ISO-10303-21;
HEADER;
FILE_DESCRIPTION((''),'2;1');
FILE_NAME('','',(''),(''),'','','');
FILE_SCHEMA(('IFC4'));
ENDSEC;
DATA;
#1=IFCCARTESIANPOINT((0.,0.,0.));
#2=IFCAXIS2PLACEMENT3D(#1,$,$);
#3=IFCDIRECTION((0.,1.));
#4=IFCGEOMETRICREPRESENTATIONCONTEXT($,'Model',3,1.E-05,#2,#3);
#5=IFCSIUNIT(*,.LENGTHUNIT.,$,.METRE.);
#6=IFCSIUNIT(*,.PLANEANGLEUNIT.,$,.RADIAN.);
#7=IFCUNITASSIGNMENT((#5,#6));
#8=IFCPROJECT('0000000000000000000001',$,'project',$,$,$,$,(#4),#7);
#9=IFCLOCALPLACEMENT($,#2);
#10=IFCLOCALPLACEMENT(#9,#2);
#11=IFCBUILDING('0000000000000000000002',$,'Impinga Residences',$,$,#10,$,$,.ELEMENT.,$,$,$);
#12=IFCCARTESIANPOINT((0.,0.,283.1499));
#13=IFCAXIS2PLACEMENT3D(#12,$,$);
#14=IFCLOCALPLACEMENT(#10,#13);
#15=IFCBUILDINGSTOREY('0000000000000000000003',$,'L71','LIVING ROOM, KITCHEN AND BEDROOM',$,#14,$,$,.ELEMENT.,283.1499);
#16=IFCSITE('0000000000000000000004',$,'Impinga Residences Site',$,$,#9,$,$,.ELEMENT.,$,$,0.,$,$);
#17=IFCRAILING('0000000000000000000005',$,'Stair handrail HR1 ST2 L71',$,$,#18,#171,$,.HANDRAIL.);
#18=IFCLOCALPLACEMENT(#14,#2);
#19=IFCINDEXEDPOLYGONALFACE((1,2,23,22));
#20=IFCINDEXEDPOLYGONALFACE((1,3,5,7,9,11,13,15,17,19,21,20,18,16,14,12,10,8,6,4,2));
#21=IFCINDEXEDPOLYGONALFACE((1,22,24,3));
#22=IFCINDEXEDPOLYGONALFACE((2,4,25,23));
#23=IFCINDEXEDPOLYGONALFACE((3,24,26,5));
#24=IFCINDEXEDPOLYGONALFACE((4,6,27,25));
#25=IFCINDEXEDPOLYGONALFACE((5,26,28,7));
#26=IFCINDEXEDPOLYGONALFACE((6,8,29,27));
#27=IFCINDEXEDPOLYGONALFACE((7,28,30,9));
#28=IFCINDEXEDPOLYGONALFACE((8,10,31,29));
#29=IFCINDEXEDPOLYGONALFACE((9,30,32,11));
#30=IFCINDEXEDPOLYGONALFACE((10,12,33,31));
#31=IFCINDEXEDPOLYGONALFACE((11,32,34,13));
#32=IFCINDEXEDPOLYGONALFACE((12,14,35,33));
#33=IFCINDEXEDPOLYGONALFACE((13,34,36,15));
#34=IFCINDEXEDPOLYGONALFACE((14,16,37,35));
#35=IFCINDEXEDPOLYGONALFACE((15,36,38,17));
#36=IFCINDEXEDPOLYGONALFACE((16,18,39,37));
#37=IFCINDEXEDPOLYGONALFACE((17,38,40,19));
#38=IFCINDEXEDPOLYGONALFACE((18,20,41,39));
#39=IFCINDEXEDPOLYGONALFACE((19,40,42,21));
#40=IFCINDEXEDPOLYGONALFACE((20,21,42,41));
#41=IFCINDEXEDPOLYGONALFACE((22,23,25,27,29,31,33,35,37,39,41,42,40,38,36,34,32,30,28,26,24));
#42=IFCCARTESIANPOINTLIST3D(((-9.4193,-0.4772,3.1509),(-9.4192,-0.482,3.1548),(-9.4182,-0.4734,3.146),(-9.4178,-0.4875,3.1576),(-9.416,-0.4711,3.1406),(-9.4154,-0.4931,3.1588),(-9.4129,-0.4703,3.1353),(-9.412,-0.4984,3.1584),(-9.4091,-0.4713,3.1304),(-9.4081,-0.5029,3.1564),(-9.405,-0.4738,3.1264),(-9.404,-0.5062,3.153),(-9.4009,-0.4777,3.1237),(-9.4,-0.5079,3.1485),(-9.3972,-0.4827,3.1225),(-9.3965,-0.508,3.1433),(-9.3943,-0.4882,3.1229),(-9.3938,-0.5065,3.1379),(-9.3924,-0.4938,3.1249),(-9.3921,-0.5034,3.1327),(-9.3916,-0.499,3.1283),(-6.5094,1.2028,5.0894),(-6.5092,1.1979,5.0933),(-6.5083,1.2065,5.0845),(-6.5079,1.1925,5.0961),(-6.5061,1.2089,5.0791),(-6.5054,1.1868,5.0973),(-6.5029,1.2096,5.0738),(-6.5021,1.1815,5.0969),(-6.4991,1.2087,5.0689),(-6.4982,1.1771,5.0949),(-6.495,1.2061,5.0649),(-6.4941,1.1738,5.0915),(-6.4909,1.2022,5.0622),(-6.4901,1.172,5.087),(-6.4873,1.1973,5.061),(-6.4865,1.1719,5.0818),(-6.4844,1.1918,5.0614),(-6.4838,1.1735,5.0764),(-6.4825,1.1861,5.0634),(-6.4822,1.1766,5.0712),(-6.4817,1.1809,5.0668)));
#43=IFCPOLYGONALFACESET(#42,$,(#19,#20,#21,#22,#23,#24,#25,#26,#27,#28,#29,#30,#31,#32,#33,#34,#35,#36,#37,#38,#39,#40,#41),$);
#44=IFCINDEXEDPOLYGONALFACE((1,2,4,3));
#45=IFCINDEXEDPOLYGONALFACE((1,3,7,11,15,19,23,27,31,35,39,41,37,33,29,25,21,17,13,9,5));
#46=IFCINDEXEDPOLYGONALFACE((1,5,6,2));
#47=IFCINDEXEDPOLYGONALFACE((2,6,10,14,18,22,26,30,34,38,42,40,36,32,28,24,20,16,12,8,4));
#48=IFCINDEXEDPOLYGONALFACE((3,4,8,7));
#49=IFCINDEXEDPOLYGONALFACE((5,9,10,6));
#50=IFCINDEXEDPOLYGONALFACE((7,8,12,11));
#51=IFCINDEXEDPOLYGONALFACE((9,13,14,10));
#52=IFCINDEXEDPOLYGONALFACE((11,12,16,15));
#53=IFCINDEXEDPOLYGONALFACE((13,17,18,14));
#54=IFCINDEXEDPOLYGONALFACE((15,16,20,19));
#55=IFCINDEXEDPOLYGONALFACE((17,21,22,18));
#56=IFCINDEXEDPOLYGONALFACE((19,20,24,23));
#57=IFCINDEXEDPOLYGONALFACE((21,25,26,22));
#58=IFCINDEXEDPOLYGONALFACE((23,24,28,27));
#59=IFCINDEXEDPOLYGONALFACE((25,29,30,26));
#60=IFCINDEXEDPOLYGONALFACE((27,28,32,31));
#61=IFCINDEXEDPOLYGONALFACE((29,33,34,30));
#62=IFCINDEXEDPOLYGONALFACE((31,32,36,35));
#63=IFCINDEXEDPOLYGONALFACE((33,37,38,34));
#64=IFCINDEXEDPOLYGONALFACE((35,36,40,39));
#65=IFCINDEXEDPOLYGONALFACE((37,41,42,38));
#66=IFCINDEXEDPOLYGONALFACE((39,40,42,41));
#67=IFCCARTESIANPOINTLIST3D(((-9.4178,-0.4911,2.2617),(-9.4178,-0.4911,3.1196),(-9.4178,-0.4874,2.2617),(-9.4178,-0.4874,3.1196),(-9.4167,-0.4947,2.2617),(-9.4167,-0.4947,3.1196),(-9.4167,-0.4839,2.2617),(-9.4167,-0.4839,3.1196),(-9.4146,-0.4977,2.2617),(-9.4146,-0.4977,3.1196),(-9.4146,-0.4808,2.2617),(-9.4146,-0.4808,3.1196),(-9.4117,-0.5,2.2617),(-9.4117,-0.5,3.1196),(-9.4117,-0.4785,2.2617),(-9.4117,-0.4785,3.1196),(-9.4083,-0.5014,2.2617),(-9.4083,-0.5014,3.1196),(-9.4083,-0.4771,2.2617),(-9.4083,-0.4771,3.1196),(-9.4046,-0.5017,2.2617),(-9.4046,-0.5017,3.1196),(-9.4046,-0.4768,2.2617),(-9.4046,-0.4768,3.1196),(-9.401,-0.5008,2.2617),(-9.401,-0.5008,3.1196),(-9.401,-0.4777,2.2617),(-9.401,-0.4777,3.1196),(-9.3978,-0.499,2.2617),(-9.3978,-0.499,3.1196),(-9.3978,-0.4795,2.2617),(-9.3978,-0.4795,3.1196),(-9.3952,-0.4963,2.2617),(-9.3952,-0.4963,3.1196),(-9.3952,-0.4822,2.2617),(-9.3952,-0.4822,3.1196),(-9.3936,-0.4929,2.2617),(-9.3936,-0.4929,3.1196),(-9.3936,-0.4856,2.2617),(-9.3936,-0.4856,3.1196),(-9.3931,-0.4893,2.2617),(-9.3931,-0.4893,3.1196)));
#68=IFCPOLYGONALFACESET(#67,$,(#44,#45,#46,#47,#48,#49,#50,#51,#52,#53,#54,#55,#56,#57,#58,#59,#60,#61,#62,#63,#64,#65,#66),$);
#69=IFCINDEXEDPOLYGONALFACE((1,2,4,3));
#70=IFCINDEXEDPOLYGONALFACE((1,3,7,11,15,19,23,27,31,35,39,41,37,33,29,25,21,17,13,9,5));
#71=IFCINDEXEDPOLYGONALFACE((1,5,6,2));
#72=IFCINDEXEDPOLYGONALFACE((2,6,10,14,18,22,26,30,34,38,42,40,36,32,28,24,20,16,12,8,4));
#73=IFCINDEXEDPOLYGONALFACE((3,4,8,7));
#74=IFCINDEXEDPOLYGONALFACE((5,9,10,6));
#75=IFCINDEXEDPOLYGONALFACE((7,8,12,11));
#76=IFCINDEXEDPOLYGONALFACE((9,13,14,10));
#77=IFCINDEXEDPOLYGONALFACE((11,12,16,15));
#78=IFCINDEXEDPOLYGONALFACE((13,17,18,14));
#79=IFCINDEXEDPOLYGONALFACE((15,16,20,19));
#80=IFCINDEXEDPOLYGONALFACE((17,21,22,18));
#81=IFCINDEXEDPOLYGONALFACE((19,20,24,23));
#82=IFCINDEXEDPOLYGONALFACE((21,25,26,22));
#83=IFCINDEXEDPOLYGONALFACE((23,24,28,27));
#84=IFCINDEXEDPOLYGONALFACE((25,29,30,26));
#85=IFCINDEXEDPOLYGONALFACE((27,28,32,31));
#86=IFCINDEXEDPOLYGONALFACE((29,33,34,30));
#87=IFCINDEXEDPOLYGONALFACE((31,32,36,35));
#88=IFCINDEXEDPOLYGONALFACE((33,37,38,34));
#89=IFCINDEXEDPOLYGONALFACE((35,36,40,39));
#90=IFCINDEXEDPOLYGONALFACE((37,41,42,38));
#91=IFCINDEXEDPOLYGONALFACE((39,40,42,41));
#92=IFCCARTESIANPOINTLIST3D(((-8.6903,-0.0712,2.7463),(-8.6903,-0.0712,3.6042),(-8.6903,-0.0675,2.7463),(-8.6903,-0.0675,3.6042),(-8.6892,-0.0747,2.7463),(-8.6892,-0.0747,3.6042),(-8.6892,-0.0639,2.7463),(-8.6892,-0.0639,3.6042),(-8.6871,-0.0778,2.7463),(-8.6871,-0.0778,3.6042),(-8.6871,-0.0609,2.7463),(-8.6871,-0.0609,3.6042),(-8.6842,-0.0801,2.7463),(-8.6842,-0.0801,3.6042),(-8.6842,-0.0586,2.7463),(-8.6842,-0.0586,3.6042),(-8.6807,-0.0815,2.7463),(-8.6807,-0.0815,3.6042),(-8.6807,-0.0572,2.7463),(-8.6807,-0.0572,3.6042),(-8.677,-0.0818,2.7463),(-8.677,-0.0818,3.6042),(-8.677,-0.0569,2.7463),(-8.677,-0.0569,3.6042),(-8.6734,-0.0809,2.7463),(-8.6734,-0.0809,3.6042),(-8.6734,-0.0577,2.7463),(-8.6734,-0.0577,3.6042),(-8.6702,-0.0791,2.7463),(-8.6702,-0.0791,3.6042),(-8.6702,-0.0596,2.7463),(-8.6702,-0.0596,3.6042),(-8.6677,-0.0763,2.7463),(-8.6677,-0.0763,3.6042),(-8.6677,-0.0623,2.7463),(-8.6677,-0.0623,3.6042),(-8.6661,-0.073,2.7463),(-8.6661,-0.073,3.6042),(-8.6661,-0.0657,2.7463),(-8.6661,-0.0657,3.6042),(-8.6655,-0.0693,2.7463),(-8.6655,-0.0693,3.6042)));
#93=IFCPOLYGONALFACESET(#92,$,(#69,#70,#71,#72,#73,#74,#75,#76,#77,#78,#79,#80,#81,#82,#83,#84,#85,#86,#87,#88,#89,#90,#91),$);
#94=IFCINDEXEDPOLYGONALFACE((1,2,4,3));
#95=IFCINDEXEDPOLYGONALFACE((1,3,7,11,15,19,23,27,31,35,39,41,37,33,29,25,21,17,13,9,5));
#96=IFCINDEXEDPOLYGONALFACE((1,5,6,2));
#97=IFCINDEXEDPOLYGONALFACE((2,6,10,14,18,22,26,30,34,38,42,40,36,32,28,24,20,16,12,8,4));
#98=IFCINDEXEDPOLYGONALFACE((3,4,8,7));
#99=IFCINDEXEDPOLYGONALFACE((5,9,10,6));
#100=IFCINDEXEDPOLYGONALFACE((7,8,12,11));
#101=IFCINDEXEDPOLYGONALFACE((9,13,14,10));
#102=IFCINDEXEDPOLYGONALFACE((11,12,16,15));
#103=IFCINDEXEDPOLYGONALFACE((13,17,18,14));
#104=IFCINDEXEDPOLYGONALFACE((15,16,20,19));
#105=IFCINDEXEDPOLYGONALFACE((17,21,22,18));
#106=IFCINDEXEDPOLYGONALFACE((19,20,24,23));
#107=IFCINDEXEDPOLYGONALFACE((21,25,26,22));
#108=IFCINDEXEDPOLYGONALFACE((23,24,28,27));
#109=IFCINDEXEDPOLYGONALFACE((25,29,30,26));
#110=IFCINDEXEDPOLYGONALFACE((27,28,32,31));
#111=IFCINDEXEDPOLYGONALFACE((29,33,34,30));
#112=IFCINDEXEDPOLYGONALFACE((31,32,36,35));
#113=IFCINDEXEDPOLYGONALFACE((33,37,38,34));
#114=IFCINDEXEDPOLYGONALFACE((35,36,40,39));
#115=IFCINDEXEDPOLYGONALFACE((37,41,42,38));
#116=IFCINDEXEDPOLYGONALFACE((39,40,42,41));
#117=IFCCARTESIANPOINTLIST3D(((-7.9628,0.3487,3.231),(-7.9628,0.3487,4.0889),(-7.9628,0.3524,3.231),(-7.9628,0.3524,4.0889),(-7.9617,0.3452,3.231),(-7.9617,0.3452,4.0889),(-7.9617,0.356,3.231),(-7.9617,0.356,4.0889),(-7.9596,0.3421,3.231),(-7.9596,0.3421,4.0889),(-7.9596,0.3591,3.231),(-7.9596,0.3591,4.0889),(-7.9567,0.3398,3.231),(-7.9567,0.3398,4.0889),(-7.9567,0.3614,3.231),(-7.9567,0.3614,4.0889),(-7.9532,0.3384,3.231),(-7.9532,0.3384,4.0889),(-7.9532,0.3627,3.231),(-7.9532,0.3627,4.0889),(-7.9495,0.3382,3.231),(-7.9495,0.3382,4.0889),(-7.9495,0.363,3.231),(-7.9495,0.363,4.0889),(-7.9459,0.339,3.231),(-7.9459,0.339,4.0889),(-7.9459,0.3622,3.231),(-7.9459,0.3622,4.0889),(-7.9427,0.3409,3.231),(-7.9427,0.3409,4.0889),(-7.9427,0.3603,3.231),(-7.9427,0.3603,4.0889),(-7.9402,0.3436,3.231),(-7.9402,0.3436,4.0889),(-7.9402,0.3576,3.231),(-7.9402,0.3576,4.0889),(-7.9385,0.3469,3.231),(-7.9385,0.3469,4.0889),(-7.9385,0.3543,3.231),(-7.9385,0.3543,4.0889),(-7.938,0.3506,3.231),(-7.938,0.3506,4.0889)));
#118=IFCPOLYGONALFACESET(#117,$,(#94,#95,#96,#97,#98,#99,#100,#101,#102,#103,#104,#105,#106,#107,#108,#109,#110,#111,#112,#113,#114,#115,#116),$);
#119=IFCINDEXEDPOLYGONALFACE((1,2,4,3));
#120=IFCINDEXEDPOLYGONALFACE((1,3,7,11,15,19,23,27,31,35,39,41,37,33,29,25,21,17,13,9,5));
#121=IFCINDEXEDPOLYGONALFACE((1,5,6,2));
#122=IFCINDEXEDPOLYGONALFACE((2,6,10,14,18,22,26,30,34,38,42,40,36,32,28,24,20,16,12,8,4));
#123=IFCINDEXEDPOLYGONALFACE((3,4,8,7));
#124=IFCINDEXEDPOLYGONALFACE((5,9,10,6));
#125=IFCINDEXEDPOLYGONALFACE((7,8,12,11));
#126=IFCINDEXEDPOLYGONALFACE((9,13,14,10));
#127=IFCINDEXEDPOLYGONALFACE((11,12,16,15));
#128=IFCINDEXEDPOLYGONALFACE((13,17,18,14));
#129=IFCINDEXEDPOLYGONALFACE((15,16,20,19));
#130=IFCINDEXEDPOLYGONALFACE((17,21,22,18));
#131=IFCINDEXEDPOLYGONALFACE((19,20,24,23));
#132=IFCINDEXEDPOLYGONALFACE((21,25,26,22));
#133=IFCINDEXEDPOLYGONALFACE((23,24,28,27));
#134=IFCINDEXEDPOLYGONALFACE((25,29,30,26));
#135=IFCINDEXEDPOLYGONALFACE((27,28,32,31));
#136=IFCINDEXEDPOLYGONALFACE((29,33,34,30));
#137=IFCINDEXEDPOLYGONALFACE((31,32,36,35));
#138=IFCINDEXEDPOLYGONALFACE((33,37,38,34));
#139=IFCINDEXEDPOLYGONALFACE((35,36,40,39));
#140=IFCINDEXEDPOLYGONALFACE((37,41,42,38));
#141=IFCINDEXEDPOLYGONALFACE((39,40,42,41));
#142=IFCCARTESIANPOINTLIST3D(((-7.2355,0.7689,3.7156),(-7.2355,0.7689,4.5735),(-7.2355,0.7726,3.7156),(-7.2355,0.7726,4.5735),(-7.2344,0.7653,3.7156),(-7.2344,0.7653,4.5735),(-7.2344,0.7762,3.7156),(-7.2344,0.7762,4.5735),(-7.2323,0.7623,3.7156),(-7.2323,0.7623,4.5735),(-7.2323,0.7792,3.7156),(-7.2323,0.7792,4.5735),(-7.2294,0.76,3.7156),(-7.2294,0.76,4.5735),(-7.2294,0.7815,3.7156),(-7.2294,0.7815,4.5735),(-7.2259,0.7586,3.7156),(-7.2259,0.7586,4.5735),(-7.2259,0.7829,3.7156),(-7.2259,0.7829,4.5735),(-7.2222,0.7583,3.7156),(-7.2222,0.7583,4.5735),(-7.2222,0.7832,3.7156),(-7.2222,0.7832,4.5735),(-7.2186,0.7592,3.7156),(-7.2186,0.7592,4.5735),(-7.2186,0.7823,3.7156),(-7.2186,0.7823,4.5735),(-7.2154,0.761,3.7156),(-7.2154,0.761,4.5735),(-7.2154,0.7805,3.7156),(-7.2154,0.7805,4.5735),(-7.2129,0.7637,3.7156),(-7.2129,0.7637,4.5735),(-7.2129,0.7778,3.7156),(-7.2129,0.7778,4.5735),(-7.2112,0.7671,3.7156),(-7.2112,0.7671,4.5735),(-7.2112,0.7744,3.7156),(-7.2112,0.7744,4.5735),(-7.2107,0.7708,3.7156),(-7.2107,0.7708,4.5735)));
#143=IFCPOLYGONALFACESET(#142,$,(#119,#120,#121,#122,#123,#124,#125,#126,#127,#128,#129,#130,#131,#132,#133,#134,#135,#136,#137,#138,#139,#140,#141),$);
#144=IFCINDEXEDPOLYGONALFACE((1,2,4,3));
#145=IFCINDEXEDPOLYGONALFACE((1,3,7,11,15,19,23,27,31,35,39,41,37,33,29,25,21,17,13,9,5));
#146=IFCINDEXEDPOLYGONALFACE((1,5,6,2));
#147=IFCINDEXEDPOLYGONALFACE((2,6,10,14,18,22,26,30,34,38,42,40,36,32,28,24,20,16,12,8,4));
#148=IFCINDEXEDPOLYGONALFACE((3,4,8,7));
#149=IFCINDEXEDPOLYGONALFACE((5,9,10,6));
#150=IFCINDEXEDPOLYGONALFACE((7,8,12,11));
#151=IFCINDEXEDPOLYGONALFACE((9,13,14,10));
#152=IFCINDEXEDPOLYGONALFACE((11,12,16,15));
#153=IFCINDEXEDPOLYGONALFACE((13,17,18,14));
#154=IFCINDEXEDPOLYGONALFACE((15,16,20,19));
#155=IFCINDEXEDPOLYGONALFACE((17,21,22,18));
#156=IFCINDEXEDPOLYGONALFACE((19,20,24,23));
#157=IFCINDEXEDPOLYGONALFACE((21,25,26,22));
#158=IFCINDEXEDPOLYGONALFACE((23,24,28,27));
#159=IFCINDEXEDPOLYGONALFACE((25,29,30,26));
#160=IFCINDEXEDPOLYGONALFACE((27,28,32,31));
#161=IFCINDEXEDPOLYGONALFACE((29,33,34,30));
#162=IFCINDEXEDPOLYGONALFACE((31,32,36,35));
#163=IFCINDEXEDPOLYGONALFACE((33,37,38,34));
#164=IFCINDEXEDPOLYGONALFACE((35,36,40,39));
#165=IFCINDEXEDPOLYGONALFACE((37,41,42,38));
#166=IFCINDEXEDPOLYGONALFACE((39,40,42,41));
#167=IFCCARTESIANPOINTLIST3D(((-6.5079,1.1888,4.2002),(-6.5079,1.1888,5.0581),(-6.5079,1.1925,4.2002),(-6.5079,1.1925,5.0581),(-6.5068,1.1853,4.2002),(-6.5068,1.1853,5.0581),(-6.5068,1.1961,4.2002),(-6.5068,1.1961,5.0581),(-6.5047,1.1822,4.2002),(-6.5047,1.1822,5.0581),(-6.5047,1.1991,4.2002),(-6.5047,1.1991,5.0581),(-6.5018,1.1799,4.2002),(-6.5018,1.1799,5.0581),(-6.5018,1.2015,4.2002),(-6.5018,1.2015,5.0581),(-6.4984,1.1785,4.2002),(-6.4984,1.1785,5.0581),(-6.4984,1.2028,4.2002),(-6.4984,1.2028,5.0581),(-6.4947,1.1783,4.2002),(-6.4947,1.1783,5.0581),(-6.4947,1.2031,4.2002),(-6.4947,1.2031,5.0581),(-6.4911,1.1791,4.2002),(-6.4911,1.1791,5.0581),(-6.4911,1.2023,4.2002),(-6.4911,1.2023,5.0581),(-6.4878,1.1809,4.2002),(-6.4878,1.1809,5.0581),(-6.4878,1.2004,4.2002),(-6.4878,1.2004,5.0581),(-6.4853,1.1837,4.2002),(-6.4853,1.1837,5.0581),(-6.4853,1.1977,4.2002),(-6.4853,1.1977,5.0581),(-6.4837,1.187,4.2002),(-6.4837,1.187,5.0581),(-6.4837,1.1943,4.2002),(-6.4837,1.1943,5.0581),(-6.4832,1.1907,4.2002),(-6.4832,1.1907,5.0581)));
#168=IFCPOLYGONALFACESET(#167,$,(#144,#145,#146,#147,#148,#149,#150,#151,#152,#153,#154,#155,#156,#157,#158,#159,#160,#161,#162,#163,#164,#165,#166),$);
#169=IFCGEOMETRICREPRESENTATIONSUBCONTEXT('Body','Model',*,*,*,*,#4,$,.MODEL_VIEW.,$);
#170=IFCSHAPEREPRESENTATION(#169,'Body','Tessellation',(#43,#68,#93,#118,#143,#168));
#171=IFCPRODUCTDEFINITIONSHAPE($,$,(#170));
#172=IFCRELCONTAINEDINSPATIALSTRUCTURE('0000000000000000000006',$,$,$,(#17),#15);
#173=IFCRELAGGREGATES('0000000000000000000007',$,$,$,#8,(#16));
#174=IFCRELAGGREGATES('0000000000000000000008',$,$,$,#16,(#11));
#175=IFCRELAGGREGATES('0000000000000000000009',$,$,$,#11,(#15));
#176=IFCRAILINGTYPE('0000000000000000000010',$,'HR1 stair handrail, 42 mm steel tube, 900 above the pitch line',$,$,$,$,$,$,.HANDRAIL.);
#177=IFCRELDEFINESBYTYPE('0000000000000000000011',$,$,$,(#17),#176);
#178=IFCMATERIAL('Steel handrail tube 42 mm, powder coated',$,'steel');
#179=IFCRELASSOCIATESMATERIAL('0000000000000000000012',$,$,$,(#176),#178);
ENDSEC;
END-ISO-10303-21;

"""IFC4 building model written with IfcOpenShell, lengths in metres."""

from ifc_helpers import new_model, si_unit, direction, frame, origin, origin_2d, place, context, subcontext, project, spatial, circle, extrude, material, type_object, element, save


model = new_model("IFC4")

# Units and contexts
model_context = context("Model", 3, precision=1e-05, world=origin(), true_north=direction((0.0, 1.0)))
body_context = subcontext(model_context, "Body", "Model", "MODEL_VIEW")
ifc_project = project(units=[si_unit("LENGTHUNIT", "METRE"), si_unit("PLANEANGLEUNIT", "RADIAN")], contexts=[model_context])

# Site, building, storey
site_placement = place(None, origin())
site = spatial("IfcSite", under=ifc_project, at=site_placement, Name="Impinga Residences Site", CompositionType="ELEMENT", RefElevation=0.0)
building_placement = place(site_placement, origin())
building = spatial("IfcBuilding", under=site, at=building_placement, Name="Impinga Residences", CompositionType="ELEMENT")
storey_placement = place(building_placement, frame((0.0, 0.0, 283.1499)))
storey = spatial("IfcBuildingStorey", under=building, at=storey_placement, Name="L71", Description="LIVING ROOM, KITCHEN AND BEDROOM", CompositionType="ELEMENT", Elevation=283.1499)

# Railing
ifc_material_1 = material(Name="Steel handrail tube 42 mm, powder coated", Category="steel")
railing_type_1 = type_object("IfcRailingType", Name="HR1 stair handrail, 42 mm steel tube, 900 above the pitch line", PredefinedType="HANDRAIL", material=ifc_material_1)
railing_1_placement = place(storey_placement, frame((-9.4055, -0.4893, 2.2617)))
element("IfcRailing", 1, at=railing_1_placement, inside=storey, type_object=railing_type_1, Name="Stair handrail HR1 ST2 L71", PredefinedType="HANDRAIL", context=body_context, shape_type="SweptSolid", body=[
    extrude(circle(Radius=0.021, at=origin_2d()), frame((0.0, 0.0, 0.8789), z_axis=(0.750151, 0.433072, 0.499723), x_axis=(-0.499976, 0.866039, 0.0)), (0.0, 0.0, 1.0), 3.8792),
    extrude(circle(Radius=0.0125, at=origin_2d()), origin(), (0.0, 0.0, 1.0), 0.8579),
    extrude(circle(Radius=0.0125, at=origin_2d()), frame((0.7275, 0.4199, 0.4846)), (0.0, 0.0, 1.0), 0.8579),
    extrude(circle(Radius=0.0125, at=origin_2d()), frame((1.4551, 0.8398, 0.9692)), (0.0, 0.0, 1.0), 0.8579),
    extrude(circle(Radius=0.0125, at=origin_2d()), frame((2.1824, 1.26, 1.4539)), (0.0, 0.0, 1.0), 0.8579),
    extrude(circle(Radius=0.0125, at=origin_2d()), frame((2.9099, 1.6799, 1.9385)), (0.0, 0.0, 1.0), 0.8579),
])

save(model, "model.ifc")
